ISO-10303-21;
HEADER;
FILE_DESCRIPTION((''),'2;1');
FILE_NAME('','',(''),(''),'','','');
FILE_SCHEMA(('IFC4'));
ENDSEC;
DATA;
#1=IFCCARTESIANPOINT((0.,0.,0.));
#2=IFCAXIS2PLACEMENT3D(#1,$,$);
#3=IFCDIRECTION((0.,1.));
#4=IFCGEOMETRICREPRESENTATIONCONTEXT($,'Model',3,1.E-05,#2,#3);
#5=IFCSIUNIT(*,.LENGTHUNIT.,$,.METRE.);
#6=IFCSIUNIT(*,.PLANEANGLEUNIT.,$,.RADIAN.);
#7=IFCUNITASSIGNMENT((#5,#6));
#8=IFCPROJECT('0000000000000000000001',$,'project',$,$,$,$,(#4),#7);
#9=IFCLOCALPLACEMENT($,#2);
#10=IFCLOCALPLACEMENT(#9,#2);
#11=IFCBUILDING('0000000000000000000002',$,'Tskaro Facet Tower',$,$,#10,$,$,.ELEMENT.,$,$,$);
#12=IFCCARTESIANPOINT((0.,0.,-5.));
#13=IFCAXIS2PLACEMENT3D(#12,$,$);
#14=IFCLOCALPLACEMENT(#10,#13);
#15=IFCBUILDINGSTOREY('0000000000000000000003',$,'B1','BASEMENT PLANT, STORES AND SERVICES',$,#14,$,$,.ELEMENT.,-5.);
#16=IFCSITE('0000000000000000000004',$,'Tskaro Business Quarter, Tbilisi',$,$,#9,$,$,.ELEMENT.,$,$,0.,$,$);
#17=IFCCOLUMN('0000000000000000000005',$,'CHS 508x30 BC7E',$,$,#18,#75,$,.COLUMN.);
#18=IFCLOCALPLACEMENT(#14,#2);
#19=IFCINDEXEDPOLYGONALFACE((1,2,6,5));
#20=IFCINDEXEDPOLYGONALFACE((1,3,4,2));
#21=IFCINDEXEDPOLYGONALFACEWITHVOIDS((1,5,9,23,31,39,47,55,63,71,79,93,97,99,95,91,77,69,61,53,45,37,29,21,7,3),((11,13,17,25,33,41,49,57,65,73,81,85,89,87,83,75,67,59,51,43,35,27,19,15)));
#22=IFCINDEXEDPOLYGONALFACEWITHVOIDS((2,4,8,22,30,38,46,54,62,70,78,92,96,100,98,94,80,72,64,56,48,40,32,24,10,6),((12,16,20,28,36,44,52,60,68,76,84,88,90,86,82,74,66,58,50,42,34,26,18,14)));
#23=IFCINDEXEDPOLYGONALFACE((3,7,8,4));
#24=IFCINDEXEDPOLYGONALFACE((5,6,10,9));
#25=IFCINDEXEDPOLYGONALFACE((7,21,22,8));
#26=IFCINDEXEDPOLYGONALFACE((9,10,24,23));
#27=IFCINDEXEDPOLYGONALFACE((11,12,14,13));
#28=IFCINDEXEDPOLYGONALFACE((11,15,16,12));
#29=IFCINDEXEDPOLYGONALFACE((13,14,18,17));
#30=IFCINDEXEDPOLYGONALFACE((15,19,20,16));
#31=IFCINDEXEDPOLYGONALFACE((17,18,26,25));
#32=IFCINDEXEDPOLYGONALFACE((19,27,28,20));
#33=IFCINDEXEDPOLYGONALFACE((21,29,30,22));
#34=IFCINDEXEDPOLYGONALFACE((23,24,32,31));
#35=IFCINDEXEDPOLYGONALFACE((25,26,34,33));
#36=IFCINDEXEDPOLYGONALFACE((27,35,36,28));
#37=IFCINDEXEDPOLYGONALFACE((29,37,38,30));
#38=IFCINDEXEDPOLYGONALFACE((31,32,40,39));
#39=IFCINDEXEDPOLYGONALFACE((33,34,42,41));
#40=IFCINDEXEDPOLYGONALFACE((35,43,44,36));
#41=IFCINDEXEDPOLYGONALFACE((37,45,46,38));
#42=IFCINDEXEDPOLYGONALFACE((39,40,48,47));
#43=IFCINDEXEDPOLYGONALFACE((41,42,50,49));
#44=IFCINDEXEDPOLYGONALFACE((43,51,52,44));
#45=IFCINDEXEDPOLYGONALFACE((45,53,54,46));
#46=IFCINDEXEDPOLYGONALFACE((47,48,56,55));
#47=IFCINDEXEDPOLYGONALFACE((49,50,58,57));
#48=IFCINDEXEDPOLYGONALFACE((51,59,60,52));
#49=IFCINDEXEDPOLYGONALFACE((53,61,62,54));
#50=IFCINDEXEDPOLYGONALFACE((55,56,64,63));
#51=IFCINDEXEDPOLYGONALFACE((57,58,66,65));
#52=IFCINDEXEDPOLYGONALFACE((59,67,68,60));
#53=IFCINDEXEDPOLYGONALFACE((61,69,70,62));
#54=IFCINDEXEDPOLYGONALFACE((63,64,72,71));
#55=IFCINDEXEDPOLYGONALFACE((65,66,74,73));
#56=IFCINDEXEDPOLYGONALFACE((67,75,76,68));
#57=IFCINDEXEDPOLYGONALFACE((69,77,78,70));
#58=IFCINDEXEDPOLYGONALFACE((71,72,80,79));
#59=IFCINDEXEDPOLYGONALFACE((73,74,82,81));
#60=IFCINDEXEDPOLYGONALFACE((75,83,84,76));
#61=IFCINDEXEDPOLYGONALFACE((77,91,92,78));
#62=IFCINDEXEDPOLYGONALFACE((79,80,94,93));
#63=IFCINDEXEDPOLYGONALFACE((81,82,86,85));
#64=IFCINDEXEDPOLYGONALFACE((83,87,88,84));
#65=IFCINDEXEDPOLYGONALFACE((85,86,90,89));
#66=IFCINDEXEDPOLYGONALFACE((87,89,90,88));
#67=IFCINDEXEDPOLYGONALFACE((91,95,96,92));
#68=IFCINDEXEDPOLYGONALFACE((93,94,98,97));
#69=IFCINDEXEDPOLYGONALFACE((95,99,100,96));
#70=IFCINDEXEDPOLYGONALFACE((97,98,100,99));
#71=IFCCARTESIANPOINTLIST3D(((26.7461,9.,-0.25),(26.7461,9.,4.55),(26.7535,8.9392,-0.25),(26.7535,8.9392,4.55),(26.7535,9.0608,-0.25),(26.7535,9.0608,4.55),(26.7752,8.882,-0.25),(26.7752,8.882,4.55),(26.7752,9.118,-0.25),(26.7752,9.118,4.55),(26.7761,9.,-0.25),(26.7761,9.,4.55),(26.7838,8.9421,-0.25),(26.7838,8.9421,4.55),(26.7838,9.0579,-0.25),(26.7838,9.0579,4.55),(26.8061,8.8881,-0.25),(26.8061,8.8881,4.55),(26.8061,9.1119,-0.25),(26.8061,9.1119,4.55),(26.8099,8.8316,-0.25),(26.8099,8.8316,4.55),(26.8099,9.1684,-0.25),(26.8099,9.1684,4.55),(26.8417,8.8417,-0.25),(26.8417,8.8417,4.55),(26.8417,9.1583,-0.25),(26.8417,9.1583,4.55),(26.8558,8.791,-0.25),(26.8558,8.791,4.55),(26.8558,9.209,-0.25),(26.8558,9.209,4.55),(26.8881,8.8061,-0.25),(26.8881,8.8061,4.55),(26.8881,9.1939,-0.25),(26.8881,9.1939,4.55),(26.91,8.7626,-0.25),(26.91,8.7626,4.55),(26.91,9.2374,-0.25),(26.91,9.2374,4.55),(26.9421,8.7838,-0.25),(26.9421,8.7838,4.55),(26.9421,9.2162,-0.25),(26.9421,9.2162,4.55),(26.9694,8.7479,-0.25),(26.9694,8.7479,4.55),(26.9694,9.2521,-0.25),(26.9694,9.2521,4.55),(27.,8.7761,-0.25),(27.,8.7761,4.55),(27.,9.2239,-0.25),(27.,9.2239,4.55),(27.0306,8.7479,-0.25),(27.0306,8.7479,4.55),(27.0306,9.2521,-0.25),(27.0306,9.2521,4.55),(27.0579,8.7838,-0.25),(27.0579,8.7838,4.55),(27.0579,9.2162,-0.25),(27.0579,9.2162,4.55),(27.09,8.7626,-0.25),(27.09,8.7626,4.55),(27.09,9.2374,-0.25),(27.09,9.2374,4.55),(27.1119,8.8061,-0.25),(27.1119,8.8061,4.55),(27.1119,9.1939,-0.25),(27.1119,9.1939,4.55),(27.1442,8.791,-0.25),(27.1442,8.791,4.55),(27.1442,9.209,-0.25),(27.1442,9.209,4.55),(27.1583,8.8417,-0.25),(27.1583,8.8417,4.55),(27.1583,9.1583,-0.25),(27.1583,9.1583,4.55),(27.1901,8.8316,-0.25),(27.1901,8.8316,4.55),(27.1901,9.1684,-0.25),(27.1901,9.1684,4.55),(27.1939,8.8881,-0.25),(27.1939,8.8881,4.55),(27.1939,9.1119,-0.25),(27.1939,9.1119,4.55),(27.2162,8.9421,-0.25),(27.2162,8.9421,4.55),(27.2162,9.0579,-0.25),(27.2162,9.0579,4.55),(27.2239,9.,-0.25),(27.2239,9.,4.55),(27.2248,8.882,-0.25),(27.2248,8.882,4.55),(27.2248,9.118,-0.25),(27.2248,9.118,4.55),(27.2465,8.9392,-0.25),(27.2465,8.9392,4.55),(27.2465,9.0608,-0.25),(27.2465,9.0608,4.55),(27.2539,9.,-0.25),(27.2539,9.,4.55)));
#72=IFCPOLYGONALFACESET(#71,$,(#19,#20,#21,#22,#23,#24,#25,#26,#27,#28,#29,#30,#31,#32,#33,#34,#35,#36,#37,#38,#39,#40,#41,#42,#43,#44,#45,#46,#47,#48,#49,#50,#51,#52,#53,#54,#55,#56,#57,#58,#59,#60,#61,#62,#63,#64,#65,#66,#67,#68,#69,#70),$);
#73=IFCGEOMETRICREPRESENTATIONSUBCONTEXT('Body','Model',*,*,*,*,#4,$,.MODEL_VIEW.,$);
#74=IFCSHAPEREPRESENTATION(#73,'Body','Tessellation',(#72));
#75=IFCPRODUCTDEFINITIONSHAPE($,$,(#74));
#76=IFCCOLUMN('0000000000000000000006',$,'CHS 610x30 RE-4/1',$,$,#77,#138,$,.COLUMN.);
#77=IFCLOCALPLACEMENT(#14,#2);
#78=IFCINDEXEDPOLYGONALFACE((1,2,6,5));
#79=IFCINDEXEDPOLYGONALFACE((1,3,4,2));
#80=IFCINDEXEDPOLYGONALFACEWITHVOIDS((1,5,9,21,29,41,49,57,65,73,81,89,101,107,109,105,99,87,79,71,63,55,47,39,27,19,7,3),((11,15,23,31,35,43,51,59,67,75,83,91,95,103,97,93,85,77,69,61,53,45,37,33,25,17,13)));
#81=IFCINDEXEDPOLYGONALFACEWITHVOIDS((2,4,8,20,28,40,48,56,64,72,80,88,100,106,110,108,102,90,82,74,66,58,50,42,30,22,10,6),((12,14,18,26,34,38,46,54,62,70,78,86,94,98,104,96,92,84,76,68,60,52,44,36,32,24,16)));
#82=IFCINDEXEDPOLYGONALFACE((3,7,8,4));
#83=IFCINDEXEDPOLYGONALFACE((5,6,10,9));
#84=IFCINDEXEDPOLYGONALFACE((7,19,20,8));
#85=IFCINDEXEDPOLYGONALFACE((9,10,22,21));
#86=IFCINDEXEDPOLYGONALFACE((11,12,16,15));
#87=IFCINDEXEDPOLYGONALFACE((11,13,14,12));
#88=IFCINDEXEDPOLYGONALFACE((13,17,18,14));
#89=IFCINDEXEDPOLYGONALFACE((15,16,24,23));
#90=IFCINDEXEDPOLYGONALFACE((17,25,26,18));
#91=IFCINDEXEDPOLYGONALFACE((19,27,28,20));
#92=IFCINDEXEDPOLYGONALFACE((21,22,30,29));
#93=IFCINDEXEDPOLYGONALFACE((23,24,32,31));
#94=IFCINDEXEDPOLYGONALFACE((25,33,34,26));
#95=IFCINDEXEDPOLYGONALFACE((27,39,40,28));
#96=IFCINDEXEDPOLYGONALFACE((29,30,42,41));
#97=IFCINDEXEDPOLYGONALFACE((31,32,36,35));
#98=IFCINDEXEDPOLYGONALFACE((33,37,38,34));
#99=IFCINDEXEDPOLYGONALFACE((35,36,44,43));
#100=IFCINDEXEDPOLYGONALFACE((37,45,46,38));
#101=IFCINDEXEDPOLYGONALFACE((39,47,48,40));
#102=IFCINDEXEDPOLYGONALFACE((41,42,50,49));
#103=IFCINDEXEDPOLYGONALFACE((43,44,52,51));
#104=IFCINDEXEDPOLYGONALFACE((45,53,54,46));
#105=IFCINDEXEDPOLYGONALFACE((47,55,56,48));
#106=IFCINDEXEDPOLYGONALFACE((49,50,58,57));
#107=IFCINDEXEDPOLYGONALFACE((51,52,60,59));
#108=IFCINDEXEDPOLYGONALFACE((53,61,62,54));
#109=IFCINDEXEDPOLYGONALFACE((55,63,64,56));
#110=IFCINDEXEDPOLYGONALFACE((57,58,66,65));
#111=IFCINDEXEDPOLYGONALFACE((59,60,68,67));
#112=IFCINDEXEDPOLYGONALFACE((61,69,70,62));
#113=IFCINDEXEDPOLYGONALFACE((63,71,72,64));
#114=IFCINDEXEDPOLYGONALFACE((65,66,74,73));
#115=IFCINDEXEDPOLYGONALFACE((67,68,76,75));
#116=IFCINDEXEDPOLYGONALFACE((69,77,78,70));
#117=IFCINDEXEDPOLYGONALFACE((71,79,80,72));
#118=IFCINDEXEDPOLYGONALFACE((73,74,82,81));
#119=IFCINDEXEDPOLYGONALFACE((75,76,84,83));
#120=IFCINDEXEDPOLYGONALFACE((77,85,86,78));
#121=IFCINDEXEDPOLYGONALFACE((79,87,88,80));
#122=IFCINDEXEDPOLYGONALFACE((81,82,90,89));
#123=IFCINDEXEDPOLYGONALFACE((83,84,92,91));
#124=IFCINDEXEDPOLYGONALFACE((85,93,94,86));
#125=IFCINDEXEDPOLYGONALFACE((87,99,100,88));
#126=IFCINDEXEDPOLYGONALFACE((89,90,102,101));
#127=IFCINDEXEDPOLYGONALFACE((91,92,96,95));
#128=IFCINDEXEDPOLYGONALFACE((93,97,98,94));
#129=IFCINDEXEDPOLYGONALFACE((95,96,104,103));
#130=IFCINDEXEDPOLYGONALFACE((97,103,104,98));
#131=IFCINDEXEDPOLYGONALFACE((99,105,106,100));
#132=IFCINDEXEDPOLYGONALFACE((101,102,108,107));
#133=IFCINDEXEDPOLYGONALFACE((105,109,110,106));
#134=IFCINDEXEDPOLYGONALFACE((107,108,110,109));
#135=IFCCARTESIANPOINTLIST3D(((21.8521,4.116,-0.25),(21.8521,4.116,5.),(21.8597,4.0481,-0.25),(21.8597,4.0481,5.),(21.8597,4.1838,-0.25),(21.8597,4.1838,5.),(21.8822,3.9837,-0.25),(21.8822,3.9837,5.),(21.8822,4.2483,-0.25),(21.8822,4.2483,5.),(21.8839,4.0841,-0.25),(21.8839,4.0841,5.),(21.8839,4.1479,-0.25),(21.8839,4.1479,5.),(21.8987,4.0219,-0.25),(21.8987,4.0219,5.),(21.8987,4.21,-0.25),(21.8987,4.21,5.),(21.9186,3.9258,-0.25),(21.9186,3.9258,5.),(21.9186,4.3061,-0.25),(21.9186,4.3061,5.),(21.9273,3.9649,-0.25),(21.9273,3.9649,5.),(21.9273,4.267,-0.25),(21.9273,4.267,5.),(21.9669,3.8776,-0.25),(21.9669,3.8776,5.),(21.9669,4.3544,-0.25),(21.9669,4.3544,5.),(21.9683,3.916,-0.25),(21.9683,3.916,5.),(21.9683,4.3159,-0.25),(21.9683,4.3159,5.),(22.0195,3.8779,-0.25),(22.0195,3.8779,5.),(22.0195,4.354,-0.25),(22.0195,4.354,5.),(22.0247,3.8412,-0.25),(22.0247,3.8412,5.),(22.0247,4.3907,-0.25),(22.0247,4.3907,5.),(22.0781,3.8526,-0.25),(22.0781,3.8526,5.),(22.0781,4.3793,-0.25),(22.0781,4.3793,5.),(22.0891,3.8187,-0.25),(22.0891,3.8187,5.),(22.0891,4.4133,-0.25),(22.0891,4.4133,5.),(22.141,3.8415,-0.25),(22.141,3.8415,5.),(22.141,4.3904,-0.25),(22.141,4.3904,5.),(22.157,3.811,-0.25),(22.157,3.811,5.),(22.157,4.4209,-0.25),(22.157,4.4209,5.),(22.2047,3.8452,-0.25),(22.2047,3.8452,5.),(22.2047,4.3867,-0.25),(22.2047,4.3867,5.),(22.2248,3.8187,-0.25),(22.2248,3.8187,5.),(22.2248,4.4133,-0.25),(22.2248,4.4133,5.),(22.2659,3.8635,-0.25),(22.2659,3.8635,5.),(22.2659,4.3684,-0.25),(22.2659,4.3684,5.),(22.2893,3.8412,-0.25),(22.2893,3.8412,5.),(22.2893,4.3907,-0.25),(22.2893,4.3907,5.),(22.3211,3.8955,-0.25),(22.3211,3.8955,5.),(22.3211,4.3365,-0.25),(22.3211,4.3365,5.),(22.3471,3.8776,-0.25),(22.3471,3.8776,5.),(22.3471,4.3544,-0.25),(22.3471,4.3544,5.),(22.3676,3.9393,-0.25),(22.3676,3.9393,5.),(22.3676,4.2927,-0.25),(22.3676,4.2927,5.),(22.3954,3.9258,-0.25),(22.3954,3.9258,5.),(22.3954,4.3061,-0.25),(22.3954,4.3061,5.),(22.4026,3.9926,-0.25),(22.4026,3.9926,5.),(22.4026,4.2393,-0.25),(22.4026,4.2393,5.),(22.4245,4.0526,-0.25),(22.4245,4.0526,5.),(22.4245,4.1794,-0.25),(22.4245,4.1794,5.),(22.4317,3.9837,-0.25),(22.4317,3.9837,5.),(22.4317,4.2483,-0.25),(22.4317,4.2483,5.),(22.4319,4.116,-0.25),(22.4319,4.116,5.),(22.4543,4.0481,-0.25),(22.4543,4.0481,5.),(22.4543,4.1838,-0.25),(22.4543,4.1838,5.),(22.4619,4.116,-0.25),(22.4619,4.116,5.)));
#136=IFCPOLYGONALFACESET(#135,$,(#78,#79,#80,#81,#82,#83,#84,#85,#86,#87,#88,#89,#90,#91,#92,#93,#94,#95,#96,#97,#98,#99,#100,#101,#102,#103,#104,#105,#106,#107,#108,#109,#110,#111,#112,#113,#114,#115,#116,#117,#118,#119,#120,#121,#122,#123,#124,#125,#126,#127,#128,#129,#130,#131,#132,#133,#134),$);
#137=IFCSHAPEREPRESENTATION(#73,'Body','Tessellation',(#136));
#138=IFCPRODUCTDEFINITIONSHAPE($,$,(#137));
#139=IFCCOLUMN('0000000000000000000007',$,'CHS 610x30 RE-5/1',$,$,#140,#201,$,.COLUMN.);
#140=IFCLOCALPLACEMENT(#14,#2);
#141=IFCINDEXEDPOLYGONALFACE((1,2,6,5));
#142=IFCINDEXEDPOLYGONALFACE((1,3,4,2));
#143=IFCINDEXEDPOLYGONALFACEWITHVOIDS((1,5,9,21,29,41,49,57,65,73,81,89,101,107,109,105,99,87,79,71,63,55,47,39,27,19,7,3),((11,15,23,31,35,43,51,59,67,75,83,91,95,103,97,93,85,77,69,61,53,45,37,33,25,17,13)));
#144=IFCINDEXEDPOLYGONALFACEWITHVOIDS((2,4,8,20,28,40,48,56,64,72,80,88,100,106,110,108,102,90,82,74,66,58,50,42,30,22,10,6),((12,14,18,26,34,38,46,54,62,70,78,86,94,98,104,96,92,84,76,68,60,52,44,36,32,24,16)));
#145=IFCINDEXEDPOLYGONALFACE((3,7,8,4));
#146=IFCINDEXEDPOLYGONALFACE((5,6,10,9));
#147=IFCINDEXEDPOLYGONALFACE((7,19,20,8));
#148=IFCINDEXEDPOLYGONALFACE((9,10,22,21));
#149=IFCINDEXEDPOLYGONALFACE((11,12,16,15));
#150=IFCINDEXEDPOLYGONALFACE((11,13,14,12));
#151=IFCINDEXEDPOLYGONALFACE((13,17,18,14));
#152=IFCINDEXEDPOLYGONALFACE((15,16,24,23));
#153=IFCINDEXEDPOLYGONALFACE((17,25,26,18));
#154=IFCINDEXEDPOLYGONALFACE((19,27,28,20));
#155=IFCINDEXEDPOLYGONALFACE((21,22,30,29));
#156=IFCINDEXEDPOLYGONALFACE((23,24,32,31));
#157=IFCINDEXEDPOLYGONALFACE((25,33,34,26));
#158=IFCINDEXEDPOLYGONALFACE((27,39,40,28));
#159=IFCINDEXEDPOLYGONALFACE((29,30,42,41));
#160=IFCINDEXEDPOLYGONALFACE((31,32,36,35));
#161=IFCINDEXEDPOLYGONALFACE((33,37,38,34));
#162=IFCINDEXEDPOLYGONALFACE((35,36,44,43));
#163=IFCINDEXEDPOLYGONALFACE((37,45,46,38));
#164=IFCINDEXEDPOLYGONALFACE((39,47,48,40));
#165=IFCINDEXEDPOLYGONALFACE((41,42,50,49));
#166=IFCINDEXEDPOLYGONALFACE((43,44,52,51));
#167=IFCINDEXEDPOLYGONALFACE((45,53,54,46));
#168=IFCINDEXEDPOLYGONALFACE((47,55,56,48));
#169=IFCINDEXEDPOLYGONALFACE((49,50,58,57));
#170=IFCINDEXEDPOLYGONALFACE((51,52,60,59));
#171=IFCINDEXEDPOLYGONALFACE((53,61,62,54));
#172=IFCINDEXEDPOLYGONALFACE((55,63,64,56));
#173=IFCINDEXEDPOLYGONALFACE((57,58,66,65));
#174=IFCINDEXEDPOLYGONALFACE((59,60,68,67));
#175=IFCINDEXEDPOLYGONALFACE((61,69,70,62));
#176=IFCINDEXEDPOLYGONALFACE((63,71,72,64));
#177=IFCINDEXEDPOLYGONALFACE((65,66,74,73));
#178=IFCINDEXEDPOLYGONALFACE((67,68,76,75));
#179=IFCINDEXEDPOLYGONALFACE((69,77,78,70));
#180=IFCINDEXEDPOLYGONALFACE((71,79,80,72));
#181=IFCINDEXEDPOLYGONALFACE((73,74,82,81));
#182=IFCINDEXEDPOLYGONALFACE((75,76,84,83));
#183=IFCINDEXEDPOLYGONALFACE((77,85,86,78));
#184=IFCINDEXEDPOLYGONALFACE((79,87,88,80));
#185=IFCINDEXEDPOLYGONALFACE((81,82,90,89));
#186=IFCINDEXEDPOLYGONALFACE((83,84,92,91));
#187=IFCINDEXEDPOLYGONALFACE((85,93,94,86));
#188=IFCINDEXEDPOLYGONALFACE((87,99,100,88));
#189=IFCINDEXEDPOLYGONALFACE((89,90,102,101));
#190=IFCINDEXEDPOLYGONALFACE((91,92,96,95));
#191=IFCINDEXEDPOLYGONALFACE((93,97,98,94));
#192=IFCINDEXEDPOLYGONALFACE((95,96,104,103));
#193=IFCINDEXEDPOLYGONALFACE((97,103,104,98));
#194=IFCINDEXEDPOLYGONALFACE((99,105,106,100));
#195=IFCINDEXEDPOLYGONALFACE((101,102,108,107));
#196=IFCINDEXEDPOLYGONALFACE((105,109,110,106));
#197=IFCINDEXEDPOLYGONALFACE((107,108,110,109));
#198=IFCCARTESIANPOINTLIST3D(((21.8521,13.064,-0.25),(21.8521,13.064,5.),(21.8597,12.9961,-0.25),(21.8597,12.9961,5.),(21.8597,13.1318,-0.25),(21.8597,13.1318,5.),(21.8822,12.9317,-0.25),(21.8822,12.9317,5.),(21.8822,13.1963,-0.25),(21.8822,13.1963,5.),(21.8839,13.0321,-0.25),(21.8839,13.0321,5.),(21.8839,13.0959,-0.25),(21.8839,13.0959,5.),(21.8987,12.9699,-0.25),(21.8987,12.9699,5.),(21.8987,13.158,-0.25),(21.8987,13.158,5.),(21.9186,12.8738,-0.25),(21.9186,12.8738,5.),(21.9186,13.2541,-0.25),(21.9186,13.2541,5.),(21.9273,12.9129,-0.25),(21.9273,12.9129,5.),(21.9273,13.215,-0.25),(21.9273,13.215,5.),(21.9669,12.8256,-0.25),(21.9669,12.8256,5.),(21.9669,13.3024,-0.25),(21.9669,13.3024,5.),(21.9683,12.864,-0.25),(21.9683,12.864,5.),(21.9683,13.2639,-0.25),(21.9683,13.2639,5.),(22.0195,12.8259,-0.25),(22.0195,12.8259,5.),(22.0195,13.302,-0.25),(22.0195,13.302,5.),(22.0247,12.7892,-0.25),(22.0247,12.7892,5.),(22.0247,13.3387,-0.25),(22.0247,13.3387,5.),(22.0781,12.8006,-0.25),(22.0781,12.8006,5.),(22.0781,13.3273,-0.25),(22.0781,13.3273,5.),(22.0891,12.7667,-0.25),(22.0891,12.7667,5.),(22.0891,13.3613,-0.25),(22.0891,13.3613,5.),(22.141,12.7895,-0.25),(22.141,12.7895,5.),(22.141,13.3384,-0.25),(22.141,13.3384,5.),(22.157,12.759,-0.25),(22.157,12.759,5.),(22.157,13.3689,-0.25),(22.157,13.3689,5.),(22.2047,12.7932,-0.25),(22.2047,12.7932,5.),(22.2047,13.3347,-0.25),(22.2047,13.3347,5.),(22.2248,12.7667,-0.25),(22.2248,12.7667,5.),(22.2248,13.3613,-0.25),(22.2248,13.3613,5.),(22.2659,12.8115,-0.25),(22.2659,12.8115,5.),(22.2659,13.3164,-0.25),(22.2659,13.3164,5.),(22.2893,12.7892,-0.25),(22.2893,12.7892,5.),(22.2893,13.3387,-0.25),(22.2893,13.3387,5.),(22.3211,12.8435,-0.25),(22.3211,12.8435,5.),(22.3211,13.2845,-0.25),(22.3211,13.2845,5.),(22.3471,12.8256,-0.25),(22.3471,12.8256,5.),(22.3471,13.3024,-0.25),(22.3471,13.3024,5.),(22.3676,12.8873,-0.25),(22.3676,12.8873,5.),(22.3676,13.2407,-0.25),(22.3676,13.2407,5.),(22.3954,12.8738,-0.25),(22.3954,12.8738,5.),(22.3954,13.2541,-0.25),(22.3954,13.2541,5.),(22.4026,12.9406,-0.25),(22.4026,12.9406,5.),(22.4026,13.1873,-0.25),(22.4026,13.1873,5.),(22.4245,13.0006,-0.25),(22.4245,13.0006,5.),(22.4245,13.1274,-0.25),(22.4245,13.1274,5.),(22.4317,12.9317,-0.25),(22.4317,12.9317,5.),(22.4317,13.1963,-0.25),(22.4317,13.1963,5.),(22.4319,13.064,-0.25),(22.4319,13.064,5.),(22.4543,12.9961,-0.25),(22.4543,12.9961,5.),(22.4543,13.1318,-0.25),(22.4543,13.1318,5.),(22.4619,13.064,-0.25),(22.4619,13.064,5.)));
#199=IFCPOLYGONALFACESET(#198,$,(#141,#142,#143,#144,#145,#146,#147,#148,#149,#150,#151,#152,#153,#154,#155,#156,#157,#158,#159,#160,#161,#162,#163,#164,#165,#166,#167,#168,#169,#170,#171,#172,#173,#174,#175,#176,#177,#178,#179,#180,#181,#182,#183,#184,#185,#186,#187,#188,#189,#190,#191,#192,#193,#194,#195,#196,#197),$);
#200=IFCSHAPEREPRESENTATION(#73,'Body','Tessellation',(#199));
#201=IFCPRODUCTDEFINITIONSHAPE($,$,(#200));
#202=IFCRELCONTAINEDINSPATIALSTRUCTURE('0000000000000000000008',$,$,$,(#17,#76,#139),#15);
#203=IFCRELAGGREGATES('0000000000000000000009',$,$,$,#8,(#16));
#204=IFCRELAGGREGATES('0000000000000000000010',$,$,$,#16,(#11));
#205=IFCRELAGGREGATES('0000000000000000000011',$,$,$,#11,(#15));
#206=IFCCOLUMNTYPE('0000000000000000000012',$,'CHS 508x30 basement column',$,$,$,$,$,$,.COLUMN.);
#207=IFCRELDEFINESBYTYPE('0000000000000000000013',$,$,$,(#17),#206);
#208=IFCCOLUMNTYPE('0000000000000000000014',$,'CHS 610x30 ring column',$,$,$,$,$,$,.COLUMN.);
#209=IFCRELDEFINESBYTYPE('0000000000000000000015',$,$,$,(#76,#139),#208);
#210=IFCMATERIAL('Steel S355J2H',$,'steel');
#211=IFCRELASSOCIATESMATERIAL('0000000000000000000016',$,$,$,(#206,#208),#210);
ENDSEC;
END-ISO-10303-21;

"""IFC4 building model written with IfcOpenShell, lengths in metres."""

from ifc_helpers import new_model, si_unit, direction, frame, origin, origin_2d, place, context, subcontext, project, spatial, hollow_circle, extrude, material, material_profile, profile_set, type_object, element, save


model = new_model("IFC4")

# Units and contexts
model_context = context("Model", 3, precision=1e-05, world=origin(), true_north=direction((0.0, 1.0)))
body_context = subcontext(model_context, "Body", "Model", "MODEL_VIEW")
ifc_project = project(units=[si_unit("LENGTHUNIT", "METRE"), si_unit("PLANEANGLEUNIT", "RADIAN")], contexts=[model_context])

# Site, building, storey
site_placement = place(None, origin())
site = spatial("IfcSite", under=ifc_project, at=site_placement, Name="Tskaro Business Quarter, Tbilisi", CompositionType="ELEMENT", RefElevation=0.0)
building_placement = place(site_placement, origin())
building = spatial("IfcBuilding", under=site, at=building_placement, Name="Tskaro Facet Tower", CompositionType="ELEMENT")
storey_placement = place(building_placement, frame((0.0, 0.0, -5.0)))
storey = spatial("IfcBuildingStorey", under=building, at=storey_placement, Name="B1", Description="BASEMENT PLANT, STORES AND SERVICES", CompositionType="ELEMENT", Elevation=-5.0)

# Columns
ifc_material_1 = material(Name="Steel S355J2H", Category="steel")
ifc_material_profile_1 = material_profile(ifc_material_1, hollow_circle(Radius=0.2539, WallThickness=0.03, at=origin_2d()), Name="CHS 508x30")
ifc_profile_set_1 = profile_set([ifc_material_profile_1], Name="Steel S355J2H")
column_type_1 = type_object("IfcColumnType", Name="CHS 508x30 basement column", PredefinedType="COLUMN", material=ifc_profile_set_1)
for number, where, z_axis, x_axis, name in (
    (1, (27.0, 9.0, -0.25), (0.0, 0.0, 1.0), (1.0, 0.0, 0.0), "CHS 508x30 BC7E"),
):
    element("IfcColumn", number, at=place(storey_placement, frame(where, z_axis=z_axis, x_axis=x_axis)), inside=storey, type_object=column_type_1, Name=name, PredefinedType="COLUMN", context=body_context, shape_type="SweptSolid", body=[
        extrude(hollow_circle(Radius=0.2539, WallThickness=0.03, at=origin_2d()), origin(), (0.0, 0.0, 1.0), 4.8),
    ])
ifc_material_profile_2 = material_profile(ifc_material_1, hollow_circle(Radius=0.3049, WallThickness=0.03, at=origin_2d()), Name="CHS 610x30")
ifc_profile_set_2 = profile_set([ifc_material_profile_2], Name="Steel S355J2H")
column_type_2 = type_object("IfcColumnType", Name="CHS 610x30 ring column", PredefinedType="COLUMN", material=ifc_profile_set_2)
for number, where, z_axis, x_axis, name in (
    (2, (22.157, 4.116, -0.25), (0.0, 0.0, 1.0), (1.0, 0.0, 0.0), "CHS 610x30 RE-4/1"),
    (3, (22.157, 13.064, -0.25), (0.0, 0.0, 1.0), (1.0, 0.0, 0.0), "CHS 610x30 RE-5/1"),
):
    element("IfcColumn", number, at=place(storey_placement, frame(where, z_axis=z_axis, x_axis=x_axis)), inside=storey, type_object=column_type_2, Name=name, PredefinedType="COLUMN", context=body_context, shape_type="SweptSolid", body=[
        extrude(hollow_circle(Radius=0.3049, WallThickness=0.03, at=origin_2d()), origin(), (0.0, 0.0, 1.0), 5.25),
    ])

save(model, "model.ifc")
